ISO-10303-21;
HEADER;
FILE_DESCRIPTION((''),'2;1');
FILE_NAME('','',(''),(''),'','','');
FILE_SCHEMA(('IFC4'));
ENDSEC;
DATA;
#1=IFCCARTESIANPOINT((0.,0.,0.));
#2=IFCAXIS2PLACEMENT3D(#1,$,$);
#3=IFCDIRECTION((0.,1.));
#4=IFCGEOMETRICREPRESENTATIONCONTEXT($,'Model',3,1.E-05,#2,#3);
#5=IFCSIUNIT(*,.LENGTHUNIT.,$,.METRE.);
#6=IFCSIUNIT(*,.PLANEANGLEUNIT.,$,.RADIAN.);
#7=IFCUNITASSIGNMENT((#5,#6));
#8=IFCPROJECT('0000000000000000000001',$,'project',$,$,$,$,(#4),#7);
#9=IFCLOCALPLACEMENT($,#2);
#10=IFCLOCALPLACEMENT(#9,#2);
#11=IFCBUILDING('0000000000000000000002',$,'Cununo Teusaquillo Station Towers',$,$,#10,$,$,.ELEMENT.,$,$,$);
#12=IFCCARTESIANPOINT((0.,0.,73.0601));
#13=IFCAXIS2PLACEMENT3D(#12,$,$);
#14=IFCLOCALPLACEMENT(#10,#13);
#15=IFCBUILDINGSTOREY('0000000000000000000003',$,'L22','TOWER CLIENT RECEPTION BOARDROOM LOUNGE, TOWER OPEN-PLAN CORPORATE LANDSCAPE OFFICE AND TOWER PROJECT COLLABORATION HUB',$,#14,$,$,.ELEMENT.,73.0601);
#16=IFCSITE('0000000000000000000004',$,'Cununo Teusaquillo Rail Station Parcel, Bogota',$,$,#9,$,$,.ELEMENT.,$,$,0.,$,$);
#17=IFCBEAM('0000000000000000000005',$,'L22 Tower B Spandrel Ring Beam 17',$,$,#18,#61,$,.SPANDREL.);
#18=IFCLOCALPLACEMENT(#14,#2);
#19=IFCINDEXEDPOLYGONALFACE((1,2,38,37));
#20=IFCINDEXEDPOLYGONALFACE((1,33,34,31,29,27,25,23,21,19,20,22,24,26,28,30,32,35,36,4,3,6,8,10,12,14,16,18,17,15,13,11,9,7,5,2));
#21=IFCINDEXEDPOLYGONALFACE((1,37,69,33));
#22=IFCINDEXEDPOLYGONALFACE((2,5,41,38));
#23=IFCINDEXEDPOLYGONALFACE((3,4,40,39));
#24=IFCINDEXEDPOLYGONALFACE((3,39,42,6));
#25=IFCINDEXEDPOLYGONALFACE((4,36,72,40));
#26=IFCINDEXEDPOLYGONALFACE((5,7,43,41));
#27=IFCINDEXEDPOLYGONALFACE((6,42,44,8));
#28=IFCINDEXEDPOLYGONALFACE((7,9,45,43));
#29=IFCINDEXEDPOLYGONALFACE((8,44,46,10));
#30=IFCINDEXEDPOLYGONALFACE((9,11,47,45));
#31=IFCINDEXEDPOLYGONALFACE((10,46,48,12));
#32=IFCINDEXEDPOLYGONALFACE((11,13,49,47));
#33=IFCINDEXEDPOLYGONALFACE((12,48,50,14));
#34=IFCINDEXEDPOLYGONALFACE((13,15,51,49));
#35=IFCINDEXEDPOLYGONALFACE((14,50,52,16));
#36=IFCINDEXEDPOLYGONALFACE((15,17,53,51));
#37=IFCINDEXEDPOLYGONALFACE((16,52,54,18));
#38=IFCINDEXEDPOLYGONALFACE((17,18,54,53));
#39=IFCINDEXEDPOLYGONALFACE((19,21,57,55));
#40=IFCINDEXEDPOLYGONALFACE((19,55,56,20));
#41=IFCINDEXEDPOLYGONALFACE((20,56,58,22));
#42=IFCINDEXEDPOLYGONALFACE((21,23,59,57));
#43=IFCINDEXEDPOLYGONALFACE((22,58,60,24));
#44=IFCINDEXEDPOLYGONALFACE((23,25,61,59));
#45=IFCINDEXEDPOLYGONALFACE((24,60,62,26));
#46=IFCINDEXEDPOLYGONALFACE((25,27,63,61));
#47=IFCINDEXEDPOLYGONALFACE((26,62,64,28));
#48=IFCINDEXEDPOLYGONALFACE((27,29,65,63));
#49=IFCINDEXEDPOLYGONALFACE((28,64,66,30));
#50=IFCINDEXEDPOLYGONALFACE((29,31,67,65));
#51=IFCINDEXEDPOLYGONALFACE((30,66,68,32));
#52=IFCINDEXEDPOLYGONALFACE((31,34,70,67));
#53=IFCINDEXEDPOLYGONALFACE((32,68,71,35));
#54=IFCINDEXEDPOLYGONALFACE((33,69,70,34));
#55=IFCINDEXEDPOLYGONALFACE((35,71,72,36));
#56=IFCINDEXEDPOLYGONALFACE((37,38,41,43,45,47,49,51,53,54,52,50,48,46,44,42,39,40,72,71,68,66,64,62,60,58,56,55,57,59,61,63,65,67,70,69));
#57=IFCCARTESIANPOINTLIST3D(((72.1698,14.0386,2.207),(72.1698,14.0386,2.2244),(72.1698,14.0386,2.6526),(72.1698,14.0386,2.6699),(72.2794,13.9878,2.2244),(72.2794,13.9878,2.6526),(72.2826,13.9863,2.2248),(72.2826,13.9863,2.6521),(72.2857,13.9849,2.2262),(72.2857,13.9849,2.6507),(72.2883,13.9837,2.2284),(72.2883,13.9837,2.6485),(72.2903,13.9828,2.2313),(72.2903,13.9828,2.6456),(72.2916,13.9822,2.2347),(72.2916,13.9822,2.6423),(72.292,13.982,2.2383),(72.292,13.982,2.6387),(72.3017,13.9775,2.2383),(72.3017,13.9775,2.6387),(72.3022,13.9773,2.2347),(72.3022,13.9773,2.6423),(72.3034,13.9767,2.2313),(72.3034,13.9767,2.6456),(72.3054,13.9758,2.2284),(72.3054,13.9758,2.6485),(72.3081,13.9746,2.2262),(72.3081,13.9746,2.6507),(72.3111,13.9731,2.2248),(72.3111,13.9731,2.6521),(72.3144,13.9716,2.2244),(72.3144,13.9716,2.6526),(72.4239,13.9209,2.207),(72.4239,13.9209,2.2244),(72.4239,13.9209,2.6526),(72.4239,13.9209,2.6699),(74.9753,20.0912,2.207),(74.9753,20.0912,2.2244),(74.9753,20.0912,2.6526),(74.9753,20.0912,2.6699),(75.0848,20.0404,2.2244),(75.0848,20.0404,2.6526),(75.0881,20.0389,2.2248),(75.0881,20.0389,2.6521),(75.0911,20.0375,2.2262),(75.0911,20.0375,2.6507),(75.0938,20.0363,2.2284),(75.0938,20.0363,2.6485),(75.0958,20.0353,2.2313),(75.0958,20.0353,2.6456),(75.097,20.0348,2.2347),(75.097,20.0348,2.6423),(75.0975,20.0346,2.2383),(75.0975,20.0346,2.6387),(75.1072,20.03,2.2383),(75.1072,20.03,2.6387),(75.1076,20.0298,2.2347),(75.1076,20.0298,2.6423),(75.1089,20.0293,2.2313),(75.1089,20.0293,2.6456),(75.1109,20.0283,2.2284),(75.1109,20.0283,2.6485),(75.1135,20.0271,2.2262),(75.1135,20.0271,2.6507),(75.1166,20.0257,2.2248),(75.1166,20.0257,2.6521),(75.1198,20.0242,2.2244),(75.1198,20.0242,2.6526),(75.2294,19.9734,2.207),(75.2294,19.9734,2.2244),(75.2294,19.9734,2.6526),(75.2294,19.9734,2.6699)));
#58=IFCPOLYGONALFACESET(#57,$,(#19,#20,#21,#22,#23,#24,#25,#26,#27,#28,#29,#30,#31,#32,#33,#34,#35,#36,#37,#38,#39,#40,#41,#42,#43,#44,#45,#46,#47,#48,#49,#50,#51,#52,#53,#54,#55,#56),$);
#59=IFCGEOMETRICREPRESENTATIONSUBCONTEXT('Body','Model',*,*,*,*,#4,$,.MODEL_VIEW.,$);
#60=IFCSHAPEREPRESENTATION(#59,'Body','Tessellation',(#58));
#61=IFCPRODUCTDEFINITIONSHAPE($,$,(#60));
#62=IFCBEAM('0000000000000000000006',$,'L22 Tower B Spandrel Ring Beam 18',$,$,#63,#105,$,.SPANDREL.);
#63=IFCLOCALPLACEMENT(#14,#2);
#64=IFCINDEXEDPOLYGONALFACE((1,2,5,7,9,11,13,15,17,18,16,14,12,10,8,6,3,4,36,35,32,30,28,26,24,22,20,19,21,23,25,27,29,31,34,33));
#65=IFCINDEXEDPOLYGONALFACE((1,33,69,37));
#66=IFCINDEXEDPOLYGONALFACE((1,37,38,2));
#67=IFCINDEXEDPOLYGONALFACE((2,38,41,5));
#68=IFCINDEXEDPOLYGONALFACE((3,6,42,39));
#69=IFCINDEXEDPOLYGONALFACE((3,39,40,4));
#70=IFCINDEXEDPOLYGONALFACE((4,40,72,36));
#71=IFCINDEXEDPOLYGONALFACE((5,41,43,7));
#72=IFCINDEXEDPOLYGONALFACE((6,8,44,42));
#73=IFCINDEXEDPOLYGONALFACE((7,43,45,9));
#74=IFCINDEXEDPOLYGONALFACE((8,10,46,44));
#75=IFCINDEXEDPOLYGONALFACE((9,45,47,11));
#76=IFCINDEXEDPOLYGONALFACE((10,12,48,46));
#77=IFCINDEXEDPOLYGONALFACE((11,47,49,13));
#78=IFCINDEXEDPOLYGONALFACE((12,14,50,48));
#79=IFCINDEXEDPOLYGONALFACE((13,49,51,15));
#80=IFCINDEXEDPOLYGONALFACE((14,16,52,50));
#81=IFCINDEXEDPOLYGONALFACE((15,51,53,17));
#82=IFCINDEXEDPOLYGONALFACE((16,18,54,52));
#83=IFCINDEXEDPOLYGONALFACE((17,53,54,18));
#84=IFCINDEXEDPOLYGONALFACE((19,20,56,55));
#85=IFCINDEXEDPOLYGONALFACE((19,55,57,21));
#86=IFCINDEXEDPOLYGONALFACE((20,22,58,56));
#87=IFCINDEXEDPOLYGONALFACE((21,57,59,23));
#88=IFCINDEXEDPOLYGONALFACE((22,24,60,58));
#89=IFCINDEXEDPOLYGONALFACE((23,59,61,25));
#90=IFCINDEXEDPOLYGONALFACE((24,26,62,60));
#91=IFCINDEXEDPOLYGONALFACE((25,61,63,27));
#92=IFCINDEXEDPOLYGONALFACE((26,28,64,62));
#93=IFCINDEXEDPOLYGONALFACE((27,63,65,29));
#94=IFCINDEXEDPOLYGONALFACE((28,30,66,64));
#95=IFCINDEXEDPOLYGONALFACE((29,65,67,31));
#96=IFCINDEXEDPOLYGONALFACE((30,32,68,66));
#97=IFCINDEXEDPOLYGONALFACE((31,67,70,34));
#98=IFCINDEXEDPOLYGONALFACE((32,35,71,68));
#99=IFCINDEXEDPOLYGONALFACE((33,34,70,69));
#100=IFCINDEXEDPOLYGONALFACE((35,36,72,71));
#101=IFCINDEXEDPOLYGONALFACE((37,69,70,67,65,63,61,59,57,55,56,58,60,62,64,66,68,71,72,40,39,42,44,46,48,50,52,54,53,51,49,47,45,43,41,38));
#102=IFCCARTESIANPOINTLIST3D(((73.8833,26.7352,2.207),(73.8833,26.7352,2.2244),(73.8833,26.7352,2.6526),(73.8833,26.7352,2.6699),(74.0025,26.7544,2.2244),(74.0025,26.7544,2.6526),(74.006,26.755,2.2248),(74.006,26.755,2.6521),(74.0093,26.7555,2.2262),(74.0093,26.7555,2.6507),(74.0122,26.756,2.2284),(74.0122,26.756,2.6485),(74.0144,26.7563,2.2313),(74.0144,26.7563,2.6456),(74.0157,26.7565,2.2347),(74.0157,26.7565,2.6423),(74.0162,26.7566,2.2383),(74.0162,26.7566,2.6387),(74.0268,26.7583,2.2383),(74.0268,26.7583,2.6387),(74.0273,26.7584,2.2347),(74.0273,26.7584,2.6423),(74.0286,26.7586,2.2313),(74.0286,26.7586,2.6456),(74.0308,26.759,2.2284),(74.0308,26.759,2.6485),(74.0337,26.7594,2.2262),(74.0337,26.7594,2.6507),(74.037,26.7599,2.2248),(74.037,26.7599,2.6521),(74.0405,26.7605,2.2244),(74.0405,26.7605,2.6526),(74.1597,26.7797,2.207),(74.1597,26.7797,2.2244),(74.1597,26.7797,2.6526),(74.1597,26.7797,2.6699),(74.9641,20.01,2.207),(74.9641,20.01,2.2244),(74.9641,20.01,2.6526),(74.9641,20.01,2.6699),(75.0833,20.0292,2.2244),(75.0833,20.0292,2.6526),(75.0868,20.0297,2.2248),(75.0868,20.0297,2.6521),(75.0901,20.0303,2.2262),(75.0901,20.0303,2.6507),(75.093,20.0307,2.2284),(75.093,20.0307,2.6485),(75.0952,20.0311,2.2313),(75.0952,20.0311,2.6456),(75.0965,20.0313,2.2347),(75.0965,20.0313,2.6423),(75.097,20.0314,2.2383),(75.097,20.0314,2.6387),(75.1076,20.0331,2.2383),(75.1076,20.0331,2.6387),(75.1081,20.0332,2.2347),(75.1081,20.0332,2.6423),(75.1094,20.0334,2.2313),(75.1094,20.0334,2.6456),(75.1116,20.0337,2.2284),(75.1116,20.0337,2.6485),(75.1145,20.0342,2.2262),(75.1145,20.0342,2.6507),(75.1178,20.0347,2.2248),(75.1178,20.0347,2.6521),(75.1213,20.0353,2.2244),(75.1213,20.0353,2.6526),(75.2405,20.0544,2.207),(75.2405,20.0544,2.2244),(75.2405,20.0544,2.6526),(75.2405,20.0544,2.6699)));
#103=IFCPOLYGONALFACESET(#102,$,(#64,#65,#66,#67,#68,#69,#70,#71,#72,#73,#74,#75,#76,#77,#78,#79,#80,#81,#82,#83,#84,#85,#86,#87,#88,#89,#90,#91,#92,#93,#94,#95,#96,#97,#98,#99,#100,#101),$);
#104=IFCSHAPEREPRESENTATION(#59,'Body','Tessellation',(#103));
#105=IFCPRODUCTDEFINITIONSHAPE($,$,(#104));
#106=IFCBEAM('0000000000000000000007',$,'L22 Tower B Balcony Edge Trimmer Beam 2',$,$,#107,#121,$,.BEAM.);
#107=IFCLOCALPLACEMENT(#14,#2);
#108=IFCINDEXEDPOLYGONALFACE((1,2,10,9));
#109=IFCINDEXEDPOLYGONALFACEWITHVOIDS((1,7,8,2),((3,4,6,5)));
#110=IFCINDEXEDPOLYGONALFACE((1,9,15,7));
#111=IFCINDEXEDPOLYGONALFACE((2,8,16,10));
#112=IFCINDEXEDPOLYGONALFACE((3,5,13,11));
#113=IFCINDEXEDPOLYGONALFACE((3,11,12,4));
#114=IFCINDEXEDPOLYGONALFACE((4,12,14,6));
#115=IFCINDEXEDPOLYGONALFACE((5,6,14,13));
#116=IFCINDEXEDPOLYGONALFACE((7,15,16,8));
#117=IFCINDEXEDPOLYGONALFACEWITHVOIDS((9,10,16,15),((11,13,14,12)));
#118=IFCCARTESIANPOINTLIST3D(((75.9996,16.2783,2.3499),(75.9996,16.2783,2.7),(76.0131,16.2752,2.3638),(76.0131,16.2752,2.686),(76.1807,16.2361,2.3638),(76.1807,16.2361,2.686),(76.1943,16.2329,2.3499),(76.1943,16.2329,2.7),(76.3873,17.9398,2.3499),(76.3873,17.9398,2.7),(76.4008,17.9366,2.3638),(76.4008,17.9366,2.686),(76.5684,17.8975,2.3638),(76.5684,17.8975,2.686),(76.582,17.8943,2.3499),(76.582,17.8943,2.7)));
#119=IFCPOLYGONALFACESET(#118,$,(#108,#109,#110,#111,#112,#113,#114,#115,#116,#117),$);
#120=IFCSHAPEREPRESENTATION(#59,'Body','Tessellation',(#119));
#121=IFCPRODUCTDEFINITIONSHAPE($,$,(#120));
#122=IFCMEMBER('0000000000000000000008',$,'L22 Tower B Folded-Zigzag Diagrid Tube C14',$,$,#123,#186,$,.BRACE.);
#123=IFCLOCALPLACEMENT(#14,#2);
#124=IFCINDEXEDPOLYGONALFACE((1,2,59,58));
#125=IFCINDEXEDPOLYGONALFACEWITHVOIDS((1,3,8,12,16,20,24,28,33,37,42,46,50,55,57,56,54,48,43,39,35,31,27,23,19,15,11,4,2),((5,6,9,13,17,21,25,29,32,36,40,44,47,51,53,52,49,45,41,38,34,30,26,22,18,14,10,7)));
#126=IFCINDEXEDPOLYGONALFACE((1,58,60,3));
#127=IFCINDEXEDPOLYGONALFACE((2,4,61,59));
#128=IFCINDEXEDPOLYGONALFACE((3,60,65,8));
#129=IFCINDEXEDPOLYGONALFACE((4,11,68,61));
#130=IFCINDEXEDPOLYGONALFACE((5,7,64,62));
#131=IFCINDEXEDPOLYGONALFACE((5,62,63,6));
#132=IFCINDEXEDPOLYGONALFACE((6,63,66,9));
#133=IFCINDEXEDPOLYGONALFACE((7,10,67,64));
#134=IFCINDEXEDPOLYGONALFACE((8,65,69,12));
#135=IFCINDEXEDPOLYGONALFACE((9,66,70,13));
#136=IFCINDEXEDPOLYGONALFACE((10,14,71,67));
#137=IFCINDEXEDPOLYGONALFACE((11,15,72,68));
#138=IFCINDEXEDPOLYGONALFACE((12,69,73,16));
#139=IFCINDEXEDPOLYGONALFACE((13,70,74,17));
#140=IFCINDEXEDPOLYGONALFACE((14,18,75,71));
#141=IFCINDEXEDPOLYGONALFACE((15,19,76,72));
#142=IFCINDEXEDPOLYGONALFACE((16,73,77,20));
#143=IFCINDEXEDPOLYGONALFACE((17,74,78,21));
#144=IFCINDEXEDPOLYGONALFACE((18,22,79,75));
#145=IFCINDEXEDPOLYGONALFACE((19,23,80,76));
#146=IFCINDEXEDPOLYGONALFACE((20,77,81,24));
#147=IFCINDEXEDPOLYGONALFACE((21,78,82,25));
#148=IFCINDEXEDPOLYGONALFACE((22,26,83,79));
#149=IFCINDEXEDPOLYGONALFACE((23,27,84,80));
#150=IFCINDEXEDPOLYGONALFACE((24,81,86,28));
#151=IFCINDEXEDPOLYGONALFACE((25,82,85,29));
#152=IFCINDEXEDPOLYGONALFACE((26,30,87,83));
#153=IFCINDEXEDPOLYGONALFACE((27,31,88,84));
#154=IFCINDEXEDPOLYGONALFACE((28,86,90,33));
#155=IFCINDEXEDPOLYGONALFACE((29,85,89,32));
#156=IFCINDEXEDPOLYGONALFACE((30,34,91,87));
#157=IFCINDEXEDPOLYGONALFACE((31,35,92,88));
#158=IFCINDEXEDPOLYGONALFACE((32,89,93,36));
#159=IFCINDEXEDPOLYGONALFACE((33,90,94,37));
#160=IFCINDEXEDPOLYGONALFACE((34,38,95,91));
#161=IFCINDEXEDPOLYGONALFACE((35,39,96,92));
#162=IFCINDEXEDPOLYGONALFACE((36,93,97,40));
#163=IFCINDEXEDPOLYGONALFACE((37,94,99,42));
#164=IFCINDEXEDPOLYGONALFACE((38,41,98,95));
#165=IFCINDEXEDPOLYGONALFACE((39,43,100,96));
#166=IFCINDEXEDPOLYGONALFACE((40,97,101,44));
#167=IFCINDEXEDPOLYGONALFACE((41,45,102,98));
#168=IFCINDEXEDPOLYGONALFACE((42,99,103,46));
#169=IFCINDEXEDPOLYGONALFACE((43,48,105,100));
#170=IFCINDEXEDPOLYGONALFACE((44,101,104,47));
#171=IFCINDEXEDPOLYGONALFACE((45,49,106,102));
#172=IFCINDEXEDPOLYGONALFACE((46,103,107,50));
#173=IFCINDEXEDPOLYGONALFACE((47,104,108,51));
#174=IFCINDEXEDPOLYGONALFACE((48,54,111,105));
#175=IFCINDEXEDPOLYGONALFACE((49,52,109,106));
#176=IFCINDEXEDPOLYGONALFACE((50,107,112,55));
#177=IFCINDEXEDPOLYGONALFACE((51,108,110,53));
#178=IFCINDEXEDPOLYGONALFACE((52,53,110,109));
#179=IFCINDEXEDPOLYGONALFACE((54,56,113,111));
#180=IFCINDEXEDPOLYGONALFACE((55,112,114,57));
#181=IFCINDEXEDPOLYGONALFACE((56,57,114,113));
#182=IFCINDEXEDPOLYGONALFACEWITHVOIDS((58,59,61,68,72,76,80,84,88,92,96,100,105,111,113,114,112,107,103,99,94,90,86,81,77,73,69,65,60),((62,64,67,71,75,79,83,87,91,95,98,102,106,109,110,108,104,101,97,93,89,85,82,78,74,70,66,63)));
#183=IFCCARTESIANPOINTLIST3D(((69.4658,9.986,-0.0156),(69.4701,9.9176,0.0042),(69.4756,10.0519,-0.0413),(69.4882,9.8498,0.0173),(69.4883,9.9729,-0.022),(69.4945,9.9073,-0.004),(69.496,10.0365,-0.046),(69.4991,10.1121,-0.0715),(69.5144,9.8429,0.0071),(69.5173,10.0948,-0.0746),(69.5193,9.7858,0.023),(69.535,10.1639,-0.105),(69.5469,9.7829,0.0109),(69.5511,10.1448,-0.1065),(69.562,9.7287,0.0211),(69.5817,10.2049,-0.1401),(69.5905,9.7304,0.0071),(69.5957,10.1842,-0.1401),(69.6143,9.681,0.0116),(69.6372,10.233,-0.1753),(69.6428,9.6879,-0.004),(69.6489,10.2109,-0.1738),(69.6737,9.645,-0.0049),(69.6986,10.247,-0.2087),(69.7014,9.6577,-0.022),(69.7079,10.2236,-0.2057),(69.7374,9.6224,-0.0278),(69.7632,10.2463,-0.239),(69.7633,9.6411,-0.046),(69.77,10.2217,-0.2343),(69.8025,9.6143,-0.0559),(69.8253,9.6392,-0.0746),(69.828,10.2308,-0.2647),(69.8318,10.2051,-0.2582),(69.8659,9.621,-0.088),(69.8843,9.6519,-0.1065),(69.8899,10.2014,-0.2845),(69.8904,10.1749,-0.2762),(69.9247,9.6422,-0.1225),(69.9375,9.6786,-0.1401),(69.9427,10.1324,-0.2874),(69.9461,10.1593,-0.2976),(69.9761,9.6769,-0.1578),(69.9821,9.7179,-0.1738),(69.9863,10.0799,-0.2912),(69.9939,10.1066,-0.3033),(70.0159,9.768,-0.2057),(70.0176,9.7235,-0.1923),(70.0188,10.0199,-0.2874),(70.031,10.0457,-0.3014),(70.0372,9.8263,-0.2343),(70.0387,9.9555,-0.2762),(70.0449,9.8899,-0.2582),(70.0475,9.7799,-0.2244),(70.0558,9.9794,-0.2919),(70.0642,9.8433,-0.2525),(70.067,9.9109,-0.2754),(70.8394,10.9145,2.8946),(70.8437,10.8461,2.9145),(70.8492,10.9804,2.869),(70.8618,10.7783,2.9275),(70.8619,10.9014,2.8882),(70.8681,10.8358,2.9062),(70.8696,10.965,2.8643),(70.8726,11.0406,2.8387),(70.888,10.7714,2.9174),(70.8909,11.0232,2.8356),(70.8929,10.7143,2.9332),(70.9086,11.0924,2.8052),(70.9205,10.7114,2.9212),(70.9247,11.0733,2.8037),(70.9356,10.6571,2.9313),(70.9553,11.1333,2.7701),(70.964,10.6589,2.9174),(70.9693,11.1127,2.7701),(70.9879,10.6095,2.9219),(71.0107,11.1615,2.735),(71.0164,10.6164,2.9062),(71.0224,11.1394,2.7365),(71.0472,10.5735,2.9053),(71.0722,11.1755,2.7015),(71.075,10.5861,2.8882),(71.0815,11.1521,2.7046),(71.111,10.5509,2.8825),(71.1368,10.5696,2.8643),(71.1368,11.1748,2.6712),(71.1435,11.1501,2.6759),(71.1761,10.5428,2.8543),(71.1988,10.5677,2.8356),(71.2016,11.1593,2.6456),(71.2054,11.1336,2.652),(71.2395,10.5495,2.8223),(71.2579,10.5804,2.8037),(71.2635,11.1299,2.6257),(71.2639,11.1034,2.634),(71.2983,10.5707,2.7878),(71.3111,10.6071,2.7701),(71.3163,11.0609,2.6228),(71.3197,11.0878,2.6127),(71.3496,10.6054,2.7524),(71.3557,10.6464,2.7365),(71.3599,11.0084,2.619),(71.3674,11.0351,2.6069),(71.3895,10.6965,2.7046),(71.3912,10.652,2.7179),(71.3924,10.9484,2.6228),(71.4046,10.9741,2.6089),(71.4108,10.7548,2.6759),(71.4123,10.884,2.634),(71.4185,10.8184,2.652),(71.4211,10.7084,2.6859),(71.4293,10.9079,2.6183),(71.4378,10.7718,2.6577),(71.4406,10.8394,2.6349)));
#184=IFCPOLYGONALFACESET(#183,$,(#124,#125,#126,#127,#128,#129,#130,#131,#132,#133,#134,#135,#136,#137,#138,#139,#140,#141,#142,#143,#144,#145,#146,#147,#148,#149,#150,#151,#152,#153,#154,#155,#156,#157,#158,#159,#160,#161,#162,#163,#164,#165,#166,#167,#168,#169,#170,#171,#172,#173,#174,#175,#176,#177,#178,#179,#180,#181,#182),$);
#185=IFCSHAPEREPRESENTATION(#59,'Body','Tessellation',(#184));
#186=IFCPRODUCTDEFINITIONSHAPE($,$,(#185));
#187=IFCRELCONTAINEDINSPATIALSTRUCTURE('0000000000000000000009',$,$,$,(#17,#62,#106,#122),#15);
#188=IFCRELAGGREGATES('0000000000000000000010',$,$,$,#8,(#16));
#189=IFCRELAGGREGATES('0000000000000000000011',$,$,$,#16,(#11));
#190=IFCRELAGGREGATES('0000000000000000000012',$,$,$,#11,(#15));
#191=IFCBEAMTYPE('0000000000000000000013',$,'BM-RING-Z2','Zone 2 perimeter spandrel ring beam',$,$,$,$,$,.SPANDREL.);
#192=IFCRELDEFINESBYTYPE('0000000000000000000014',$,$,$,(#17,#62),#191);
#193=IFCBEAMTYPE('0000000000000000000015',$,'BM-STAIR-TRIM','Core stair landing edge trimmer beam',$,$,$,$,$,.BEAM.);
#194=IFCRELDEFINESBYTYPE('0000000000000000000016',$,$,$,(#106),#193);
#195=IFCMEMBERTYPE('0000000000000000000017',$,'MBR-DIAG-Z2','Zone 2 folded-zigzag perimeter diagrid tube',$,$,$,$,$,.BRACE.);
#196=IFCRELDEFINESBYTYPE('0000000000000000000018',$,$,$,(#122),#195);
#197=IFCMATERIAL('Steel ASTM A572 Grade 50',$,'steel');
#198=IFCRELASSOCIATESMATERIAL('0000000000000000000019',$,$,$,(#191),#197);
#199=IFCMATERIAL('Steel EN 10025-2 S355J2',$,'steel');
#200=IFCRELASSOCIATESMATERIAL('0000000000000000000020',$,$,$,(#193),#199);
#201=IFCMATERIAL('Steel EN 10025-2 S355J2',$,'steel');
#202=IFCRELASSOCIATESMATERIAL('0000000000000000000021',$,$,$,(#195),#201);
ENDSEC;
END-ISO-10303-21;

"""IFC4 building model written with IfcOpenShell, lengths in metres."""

from ifc_helpers import new_model, si_unit, direction, frame, origin, origin_2d, place, context, subcontext, project, spatial, hollow_rectangle, hollow_circle, i_section, extrude, material, material_profile, profile_set, type_object, element, save


model = new_model("IFC4")

# Units and contexts
model_context = context("Model", 3, precision=1e-05, world=origin(), true_north=direction((0.0, 1.0)))
body_context = subcontext(model_context, "Body", "Model", "MODEL_VIEW")
ifc_project = project(units=[si_unit("LENGTHUNIT", "METRE"), si_unit("PLANEANGLEUNIT", "RADIAN")], contexts=[model_context])

# Site, building, storey
site_placement = place(None, origin())
site = spatial("IfcSite", under=ifc_project, at=site_placement, Name="Cununo Teusaquillo Rail Station Parcel, Bogota", CompositionType="ELEMENT", RefElevation=0.0)
building_placement = place(site_placement, origin())
building = spatial("IfcBuilding", under=site, at=building_placement, Name="Cununo Teusaquillo Station Towers", CompositionType="ELEMENT")
storey_placement = place(building_placement, frame((0.0, 0.0, 73.0601)))
storey = spatial("IfcBuildingStorey", under=building, at=storey_placement, Name="L22", Description="TOWER CLIENT RECEPTION BOARDROOM LOUNGE, TOWER OPEN-PLAN CORPORATE LANDSCAPE OFFICE AND TOWER PROJECT COLLABORATION HUB", CompositionType="ELEMENT", Elevation=73.0601)

# Beams
ifc_material_1 = material(Name="Steel ASTM A572 Grade 50", Category="steel")
ifc_material_profile_1 = material_profile(ifc_material_1, i_section(OverallWidth=0.28, OverallDepth=0.4629, WebThickness=0.0107, FlangeThickness=0.0173, FilletRadius=0.0139, at=origin_2d()), Name="W18X76")
ifc_profile_set_1 = profile_set([ifc_material_profile_1], Name="Steel ASTM A572 Grade 50")
beam_type_1 = type_object("IfcBeamType", Name="BM-RING-Z2", Description="Zone 2 perimeter spandrel ring beam", PredefinedType="SPANDREL", material=ifc_profile_set_1)
beam_1_placement = place(storey_placement, frame((72.2969, 13.9797, 2.4385), z_axis=(0.420536, 0.907276, 0.0), x_axis=(-0.907276, 0.420536, 0.0)))
element("IfcBeam", 1, at=beam_1_placement, inside=storey, type_object=beam_type_1, Name="L22 Tower B Spandrel Ring Beam 17", PredefinedType="SPANDREL", context=body_context, shape_type="SweptSolid", body=[
    extrude(i_section(OverallWidth=0.28, OverallDepth=0.4629, WebThickness=0.0107, FlangeThickness=0.0173, FilletRadius=0.0139, at=origin_2d()), origin(), (0.0, 0.0, 1.0), 6.6711),
])
beam_2_placement = place(storey_placement, frame((75.1023, 20.0322, 2.4385), z_axis=(-0.158671, 0.987331, 0.0), x_axis=(-0.987331, -0.158671, 0.0)))
element("IfcBeam", 2, at=beam_2_placement, inside=storey, type_object=beam_type_1, Name="L22 Tower B Spandrel Ring Beam 18", PredefinedType="SPANDREL", context=body_context, shape_type="SweptSolid", body=[
    extrude(i_section(OverallWidth=0.28, OverallDepth=0.4629, WebThickness=0.0107, FlangeThickness=0.0173, FilletRadius=0.0139, at=origin_2d()), origin(), (0.0, 0.0, 1.0), 6.8115),
])
ifc_material_2 = material(Name="Steel EN 10025-2 S355J2", Category="steel")
ifc_material_profile_2 = material_profile(ifc_material_2, hollow_rectangle(XDim=0.2, YDim=0.3501, WallThickness=0.0139, at=origin_2d()), Name="RHS 350x200x14")
ifc_profile_set_2 = profile_set([ifc_material_profile_2], Name="Steel EN 10025-2 S355J2")
beam_type_2 = type_object("IfcBeamType", Name="BM-STAIR-TRIM", Description="Core stair landing edge trimmer beam", PredefinedType="BEAM", material=ifc_profile_set_2)
beam_3_placement = place(storey_placement, frame((76.0969, 16.2556, 2.5249), z_axis=(0.227252, 0.973836, 0.0), x_axis=(-0.973836, 0.227252, 0.0)))
element("IfcBeam", 3, at=beam_3_placement, inside=storey, type_object=beam_type_2, Name="L22 Tower B Balcony Edge Trimmer Beam 2", PredefinedType="BEAM", context=body_context, shape_type="SweptSolid", body=[
    extrude(hollow_rectangle(XDim=0.2, YDim=0.3501, WallThickness=0.0139, at=origin_2d()), origin(), (0.0, 0.0, 1.0), 1.7061),
])

# Member
ifc_material_3 = material(Name="Steel EN 10025-2 S355J2", Category="steel")
ifc_material_profile_3 = material_profile(ifc_material_3, hollow_circle(Radius=0.3301, WallThickness=0.0249, at=origin_2d()), Name="CHS 660x25")
ifc_profile_set_3 = profile_set([ifc_material_profile_3], Name="Steel EN 10025-2 S355J2")
member_type = type_object("IfcMemberType", Name="MBR-DIAG-Z2", Description="Zone 2 folded-zigzag perimeter diagrid tube", PredefinedType="BRACE", material=ifc_profile_set_3)
member_1_placement = place(storey_placement, frame((69.7666, 9.9314, -0.1401), z_axis=(0.410099, 0.277214, 0.868891), x_axis=(-0.560024, 0.828476, 0.0)))
element("IfcMember", 4, at=member_1_placement, inside=storey, type_object=member_type, Name="L22 Tower B Folded-Zigzag Diagrid Tube C14", PredefinedType="BRACE", context=body_context, shape_type="SweptSolid", body=[
    extrude(hollow_circle(Radius=0.3301, WallThickness=0.0249, at=origin_2d()), origin(), (0.0, 0.0, 1.0), 3.3494),
])

save(model, "model.ifc")
